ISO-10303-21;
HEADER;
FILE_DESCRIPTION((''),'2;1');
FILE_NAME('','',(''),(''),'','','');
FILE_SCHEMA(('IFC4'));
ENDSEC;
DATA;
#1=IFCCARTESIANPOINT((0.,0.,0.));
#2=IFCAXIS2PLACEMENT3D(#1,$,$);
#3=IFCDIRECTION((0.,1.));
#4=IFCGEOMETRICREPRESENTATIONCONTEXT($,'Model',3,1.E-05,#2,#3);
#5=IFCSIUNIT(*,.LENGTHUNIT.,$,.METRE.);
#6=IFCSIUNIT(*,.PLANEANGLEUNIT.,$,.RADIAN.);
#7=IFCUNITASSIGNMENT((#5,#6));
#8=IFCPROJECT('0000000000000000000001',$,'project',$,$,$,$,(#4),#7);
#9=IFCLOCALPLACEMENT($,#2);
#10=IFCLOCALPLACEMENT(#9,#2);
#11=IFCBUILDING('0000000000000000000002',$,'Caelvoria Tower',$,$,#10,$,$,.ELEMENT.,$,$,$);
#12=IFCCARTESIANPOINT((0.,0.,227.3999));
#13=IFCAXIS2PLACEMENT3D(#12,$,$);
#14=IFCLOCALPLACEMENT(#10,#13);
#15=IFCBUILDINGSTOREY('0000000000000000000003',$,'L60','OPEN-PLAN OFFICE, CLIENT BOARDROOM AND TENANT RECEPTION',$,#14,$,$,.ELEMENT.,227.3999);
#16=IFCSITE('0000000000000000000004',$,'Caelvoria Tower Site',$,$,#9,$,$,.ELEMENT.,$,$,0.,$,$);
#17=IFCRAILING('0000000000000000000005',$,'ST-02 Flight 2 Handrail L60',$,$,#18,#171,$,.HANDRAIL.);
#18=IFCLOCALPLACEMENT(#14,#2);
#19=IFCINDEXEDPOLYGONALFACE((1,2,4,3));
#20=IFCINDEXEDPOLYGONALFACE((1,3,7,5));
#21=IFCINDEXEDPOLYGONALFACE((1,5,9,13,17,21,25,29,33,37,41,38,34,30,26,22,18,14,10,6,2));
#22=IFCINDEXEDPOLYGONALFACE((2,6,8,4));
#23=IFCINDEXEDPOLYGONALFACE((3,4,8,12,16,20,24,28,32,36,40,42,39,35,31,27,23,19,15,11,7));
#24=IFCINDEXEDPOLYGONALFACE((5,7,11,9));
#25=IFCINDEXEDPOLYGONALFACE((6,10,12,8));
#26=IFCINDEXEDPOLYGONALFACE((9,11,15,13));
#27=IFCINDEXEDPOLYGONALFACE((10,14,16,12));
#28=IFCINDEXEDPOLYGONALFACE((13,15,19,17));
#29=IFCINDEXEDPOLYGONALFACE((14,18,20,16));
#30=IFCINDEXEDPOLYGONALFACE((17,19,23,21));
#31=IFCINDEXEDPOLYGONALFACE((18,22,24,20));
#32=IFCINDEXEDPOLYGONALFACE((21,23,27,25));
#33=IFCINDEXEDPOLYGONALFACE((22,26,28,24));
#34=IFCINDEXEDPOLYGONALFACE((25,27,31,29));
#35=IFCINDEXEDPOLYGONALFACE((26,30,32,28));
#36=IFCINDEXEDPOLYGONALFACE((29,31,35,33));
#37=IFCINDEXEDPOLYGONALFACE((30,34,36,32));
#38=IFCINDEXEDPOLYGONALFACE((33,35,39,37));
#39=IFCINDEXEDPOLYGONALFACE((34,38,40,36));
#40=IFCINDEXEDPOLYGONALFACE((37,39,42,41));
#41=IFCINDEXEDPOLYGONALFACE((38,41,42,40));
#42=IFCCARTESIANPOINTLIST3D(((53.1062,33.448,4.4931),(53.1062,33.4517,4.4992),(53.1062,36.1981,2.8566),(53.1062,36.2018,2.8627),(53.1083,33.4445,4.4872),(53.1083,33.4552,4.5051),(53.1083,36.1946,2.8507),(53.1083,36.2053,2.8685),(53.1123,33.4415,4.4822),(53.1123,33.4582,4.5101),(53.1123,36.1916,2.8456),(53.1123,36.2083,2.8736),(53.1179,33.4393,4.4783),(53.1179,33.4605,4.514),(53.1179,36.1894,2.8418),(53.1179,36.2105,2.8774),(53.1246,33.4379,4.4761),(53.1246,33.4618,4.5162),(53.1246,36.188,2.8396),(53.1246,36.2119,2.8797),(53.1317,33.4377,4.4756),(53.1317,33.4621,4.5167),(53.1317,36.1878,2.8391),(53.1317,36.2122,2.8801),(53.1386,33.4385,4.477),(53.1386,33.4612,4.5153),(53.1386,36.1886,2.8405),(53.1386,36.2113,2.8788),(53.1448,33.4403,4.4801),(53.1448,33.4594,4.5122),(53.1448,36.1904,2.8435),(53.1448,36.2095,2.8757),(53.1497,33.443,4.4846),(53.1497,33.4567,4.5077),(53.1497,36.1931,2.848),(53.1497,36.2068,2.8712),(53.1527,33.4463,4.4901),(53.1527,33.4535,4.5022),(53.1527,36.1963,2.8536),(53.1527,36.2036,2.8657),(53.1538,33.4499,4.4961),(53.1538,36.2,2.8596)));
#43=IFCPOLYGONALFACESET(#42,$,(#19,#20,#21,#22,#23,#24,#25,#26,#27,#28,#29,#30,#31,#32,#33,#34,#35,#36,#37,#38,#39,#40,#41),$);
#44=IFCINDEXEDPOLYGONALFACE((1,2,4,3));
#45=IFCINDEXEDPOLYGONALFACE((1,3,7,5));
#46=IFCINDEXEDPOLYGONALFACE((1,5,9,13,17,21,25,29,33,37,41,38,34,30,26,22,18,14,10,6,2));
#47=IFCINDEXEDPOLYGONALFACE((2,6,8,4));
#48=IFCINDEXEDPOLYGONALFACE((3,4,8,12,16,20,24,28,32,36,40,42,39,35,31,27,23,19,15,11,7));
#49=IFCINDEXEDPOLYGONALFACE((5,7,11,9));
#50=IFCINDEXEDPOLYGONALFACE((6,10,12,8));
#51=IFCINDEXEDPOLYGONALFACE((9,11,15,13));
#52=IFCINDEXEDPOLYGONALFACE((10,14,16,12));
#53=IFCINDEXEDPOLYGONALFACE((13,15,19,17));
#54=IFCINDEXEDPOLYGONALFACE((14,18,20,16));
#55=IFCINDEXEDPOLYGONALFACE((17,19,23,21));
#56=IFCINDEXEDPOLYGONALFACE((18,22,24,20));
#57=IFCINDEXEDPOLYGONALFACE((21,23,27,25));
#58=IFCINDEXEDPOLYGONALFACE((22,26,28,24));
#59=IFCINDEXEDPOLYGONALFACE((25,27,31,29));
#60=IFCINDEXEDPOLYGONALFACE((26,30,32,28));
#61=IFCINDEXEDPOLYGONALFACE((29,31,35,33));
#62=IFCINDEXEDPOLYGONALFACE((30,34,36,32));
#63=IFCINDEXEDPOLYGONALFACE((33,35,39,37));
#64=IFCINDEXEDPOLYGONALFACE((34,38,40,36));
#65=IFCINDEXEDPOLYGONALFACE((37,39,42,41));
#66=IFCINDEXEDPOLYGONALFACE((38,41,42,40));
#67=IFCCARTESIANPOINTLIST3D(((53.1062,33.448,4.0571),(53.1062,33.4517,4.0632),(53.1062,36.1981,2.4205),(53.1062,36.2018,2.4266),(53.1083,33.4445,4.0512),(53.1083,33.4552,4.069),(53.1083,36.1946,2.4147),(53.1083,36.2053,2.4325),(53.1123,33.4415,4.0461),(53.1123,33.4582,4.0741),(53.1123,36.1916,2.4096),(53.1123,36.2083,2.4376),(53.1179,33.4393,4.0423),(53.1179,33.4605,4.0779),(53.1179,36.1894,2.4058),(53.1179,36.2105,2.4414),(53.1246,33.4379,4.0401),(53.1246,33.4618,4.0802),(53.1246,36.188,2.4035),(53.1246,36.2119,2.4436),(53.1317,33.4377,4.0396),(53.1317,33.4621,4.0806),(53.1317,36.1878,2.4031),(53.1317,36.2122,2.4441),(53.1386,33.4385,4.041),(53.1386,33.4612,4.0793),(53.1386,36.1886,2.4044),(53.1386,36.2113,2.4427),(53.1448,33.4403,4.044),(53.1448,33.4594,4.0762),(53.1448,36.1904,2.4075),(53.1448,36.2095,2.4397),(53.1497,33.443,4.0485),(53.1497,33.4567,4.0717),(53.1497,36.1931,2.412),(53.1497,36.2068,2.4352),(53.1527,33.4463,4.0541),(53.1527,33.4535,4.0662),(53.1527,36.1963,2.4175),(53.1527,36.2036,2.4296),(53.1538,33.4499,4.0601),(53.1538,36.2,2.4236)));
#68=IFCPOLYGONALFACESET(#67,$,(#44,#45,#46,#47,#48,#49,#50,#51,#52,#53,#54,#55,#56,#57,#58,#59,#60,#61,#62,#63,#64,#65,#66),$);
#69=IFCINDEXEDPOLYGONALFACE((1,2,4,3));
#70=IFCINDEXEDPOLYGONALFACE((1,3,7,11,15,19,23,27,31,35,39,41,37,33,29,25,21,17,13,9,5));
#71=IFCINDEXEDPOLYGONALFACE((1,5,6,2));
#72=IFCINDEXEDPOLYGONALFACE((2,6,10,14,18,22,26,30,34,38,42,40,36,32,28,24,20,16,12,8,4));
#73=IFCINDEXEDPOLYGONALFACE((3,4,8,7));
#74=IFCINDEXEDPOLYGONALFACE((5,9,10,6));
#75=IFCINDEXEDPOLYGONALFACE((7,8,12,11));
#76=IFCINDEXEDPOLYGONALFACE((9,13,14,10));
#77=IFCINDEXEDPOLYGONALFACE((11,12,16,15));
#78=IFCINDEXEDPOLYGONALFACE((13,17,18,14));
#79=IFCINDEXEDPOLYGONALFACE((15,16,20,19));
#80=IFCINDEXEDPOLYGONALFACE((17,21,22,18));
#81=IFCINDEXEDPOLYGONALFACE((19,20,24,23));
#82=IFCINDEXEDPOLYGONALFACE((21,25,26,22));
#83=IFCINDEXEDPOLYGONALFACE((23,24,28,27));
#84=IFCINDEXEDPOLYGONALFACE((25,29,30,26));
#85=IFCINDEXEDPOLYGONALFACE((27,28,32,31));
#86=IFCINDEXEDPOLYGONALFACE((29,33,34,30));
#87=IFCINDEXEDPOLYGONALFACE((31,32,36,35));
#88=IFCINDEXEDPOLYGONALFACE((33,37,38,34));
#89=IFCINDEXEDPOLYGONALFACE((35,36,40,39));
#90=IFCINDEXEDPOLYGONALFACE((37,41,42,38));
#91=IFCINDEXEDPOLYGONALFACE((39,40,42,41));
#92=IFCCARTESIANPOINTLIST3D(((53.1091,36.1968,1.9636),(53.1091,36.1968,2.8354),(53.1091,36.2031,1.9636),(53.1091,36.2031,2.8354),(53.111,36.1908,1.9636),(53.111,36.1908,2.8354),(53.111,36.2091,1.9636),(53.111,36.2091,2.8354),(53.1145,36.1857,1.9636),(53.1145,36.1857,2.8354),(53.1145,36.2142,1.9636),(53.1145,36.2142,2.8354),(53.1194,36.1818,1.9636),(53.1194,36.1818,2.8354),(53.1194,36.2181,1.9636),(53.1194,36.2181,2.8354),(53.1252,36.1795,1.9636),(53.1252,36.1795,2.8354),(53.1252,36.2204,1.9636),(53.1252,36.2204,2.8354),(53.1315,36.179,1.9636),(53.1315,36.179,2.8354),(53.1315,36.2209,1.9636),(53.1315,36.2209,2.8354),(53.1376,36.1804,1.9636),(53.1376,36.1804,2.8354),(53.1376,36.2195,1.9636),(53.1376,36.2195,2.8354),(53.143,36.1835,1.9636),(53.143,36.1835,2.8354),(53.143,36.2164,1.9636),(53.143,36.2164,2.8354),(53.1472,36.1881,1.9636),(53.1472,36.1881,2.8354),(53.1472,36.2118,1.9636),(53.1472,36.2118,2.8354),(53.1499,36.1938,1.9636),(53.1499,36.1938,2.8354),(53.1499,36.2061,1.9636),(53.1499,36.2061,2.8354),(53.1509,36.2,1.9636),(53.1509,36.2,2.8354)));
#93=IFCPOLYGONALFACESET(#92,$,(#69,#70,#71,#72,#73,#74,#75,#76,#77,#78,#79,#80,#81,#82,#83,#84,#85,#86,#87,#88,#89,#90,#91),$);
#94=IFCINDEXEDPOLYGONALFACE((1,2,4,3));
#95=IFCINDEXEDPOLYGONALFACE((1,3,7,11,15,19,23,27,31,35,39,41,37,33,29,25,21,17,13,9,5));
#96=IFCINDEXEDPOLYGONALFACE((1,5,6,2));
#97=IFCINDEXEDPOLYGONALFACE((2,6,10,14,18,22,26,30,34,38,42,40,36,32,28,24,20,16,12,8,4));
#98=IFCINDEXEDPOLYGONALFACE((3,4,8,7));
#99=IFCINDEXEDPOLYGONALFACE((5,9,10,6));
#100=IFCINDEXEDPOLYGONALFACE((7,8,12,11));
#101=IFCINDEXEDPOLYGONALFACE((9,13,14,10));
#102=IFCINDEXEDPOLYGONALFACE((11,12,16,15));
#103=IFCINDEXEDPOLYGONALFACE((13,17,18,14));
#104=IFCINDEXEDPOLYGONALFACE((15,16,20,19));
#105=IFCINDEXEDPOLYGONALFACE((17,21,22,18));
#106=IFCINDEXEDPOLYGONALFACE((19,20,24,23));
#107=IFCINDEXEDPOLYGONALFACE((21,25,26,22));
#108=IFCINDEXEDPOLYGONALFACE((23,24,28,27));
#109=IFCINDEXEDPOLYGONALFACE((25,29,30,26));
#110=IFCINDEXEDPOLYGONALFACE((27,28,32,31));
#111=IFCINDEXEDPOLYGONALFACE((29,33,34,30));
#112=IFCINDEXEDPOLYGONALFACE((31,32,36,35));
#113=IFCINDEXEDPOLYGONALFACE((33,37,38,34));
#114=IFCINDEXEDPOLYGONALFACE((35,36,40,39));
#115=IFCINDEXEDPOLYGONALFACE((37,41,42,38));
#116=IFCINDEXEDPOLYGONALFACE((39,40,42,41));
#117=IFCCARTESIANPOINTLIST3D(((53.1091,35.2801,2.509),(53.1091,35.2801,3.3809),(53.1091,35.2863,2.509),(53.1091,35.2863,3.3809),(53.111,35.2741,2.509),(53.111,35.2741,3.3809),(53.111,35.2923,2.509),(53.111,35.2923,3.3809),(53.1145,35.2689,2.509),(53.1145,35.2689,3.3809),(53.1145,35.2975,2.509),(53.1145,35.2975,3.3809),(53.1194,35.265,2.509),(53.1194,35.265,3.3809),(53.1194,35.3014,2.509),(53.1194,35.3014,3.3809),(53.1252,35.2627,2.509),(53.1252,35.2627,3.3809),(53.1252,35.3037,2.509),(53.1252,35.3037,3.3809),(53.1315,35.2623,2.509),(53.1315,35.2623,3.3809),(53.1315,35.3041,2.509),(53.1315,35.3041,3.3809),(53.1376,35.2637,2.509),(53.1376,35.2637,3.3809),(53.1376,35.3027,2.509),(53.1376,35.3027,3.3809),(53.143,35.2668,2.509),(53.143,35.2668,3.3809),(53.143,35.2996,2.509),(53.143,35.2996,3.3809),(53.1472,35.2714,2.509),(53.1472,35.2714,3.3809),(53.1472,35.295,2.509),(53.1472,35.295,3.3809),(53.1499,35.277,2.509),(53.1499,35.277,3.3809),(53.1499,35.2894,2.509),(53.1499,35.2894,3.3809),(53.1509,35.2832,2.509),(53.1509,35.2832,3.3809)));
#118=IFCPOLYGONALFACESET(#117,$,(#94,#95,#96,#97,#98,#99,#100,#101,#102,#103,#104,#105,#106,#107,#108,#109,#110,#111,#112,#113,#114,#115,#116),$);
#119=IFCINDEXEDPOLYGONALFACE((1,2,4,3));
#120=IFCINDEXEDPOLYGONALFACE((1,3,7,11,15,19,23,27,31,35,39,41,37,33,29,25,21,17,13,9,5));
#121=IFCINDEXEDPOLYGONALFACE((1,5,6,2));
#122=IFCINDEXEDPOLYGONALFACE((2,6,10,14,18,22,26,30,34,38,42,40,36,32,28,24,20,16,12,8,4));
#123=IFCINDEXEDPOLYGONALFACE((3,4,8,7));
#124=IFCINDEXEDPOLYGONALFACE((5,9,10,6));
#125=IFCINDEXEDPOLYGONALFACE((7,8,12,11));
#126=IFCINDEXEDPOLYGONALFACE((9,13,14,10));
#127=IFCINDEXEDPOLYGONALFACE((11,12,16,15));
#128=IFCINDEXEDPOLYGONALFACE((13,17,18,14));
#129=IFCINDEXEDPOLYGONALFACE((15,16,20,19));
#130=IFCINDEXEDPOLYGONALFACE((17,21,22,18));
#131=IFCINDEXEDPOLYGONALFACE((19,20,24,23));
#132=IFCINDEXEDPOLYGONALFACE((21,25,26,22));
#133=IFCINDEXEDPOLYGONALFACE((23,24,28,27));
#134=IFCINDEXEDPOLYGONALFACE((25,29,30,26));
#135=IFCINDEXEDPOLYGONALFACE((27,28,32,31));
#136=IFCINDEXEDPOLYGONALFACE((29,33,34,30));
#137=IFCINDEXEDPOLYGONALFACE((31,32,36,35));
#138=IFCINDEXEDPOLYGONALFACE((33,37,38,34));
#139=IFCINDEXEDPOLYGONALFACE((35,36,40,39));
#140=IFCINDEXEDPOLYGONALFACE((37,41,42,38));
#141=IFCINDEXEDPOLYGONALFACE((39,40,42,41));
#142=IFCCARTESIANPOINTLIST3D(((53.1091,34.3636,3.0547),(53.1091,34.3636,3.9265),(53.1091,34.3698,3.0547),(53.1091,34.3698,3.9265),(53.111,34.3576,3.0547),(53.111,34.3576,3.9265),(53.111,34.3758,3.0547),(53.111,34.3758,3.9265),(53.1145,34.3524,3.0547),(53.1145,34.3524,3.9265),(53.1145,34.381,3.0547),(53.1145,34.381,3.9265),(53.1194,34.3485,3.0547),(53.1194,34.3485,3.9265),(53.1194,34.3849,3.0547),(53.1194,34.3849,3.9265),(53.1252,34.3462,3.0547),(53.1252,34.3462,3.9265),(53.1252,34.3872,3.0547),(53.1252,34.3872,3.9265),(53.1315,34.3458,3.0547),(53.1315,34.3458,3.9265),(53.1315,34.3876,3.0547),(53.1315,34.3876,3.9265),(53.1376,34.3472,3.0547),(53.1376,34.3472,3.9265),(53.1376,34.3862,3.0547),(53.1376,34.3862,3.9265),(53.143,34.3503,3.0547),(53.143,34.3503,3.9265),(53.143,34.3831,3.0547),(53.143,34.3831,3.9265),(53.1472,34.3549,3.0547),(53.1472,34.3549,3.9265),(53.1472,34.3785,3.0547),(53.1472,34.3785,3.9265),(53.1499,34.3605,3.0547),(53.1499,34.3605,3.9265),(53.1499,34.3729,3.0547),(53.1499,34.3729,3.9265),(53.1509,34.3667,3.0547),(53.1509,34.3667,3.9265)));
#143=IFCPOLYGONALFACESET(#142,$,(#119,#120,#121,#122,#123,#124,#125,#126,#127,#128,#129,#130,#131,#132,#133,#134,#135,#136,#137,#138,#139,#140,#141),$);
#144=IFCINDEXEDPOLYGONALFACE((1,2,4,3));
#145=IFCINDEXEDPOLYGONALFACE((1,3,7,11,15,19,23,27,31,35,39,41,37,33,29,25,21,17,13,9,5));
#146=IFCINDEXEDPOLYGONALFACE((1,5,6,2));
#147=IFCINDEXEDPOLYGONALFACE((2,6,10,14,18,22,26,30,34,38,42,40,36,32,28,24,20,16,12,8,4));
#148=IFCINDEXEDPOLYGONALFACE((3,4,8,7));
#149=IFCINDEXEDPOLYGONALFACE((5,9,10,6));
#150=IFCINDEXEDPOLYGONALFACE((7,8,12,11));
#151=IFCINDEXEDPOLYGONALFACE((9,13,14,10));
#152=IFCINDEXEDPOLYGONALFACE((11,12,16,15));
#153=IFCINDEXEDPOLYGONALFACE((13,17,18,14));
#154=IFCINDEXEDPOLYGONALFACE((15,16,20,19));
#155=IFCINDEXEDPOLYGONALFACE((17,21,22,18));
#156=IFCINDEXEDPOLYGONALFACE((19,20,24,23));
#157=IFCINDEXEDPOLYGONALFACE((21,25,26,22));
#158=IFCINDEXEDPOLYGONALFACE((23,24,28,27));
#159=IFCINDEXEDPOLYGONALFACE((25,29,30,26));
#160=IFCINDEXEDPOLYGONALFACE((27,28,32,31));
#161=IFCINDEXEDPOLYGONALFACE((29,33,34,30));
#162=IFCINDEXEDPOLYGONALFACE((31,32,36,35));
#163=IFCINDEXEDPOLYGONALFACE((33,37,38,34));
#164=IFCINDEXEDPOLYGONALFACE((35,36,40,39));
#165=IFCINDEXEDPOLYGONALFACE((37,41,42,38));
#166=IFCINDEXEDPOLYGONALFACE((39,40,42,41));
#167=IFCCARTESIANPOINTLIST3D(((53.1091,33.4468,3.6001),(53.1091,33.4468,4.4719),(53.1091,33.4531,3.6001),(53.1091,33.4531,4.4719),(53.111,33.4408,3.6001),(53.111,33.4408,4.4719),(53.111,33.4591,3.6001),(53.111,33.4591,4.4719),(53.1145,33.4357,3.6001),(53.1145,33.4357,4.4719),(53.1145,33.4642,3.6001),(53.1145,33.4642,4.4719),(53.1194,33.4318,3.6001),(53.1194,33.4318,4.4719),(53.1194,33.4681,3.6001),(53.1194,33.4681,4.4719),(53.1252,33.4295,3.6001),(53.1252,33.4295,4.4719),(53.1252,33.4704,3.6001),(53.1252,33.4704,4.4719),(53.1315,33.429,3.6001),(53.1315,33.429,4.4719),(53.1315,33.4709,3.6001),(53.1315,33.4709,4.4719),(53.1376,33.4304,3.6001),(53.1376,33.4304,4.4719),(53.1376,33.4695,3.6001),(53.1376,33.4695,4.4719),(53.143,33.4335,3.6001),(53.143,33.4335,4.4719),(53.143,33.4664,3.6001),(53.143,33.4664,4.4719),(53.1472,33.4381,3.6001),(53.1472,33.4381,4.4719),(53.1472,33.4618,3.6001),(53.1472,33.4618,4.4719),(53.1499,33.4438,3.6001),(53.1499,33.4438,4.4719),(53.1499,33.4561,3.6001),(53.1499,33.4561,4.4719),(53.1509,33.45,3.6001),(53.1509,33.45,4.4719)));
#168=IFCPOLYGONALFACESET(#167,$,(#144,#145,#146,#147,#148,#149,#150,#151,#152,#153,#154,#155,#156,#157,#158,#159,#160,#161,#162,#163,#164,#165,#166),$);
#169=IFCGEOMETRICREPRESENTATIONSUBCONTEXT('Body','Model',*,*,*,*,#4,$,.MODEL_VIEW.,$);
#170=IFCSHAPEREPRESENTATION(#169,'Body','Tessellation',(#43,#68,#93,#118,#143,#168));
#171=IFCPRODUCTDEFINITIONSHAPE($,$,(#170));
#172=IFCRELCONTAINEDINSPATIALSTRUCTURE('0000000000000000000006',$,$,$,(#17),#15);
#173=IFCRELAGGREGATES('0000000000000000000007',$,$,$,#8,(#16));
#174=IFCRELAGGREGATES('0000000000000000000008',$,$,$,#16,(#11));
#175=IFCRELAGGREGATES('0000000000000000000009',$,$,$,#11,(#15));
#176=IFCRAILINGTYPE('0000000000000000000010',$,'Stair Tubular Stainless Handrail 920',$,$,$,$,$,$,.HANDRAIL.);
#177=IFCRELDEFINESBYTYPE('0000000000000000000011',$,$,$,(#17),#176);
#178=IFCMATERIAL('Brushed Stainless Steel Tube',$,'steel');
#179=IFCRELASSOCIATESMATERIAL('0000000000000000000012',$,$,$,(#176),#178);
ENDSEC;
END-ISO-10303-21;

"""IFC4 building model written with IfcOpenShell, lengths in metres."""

from ifc_helpers import new_model, si_unit, direction, frame, origin, origin_2d, place, context, subcontext, project, spatial, circle, extrude, material, type_object, element, save


model = new_model("IFC4")

# Units and contexts
model_context = context("Model", 3, precision=1e-05, world=origin(), true_north=direction((0.0, 1.0)))
body_context = subcontext(model_context, "Body", "Model", "MODEL_VIEW")
ifc_project = project(units=[si_unit("LENGTHUNIT", "METRE"), si_unit("PLANEANGLEUNIT", "RADIAN")], contexts=[model_context])

# Site, building, storey
site_placement = place(None, origin())
site = spatial("IfcSite", under=ifc_project, at=site_placement, Name="Caelvoria Tower Site", CompositionType="ELEMENT", RefElevation=0.0)
building_placement = place(site_placement, origin())
building = spatial("IfcBuilding", under=site, at=building_placement, Name="Caelvoria Tower", CompositionType="ELEMENT")
storey_placement = place(building_placement, frame((0.0, 0.0, 227.3999)))
storey = spatial("IfcBuildingStorey", under=building, at=storey_placement, Name="L60", Description="OPEN-PLAN OFFICE, CLIENT BOARDROOM AND TENANT RECEPTION", CompositionType="ELEMENT", Elevation=227.3999)

# Railing
ifc_material_1 = material(Name="Brushed Stainless Steel Tube", Category="steel")
railing_type_1 = type_object("IfcRailingType", Name="Stair Tubular Stainless Handrail 920", PredefinedType="HANDRAIL", material=ifc_material_1)
railing_1_placement = place(storey_placement, frame((53.1299, 36.2, 1.9636)))
element("IfcRailing", 1, at=railing_1_placement, inside=storey, type_object=railing_type_1, Name="ST-02 Flight 2 Handrail L60", PredefinedType="HANDRAIL", context=body_context, shape_type="SweptSolid", body=[
    extrude(circle(Radius=0.0239, at=origin_2d()), frame((0.0, 0.0, 0.896), z_axis=(0.0, -0.859352, 0.511385), x_axis=(1.0, 0.0, 0.0)), (0.0, 0.0, 1.0), 3.2002),
    extrude(circle(Radius=0.0239, at=origin_2d()), frame((0.0, 0.0, 0.46), z_axis=(0.0, -0.859352, 0.511385), x_axis=(1.0, 0.0, 0.0)), (0.0, 0.0, 1.0), 3.2002),
    extrude(circle(Radius=0.021, at=origin_2d()), origin(), (0.0, 0.0, 1.0), 0.8718),
    extrude(circle(Radius=0.021, at=origin_2d()), frame((0.0, -0.9167, 0.5454)), (0.0, 0.0, 1.0), 0.8718),
    extrude(circle(Radius=0.021, at=origin_2d()), frame((0.0, -1.8333, 1.0911)), (0.0, 0.0, 1.0), 0.8718),
    extrude(circle(Radius=0.021, at=origin_2d()), frame((0.0, -2.75, 1.6365)), (0.0, 0.0, 1.0), 0.8718),
])

save(model, "model.ifc")
